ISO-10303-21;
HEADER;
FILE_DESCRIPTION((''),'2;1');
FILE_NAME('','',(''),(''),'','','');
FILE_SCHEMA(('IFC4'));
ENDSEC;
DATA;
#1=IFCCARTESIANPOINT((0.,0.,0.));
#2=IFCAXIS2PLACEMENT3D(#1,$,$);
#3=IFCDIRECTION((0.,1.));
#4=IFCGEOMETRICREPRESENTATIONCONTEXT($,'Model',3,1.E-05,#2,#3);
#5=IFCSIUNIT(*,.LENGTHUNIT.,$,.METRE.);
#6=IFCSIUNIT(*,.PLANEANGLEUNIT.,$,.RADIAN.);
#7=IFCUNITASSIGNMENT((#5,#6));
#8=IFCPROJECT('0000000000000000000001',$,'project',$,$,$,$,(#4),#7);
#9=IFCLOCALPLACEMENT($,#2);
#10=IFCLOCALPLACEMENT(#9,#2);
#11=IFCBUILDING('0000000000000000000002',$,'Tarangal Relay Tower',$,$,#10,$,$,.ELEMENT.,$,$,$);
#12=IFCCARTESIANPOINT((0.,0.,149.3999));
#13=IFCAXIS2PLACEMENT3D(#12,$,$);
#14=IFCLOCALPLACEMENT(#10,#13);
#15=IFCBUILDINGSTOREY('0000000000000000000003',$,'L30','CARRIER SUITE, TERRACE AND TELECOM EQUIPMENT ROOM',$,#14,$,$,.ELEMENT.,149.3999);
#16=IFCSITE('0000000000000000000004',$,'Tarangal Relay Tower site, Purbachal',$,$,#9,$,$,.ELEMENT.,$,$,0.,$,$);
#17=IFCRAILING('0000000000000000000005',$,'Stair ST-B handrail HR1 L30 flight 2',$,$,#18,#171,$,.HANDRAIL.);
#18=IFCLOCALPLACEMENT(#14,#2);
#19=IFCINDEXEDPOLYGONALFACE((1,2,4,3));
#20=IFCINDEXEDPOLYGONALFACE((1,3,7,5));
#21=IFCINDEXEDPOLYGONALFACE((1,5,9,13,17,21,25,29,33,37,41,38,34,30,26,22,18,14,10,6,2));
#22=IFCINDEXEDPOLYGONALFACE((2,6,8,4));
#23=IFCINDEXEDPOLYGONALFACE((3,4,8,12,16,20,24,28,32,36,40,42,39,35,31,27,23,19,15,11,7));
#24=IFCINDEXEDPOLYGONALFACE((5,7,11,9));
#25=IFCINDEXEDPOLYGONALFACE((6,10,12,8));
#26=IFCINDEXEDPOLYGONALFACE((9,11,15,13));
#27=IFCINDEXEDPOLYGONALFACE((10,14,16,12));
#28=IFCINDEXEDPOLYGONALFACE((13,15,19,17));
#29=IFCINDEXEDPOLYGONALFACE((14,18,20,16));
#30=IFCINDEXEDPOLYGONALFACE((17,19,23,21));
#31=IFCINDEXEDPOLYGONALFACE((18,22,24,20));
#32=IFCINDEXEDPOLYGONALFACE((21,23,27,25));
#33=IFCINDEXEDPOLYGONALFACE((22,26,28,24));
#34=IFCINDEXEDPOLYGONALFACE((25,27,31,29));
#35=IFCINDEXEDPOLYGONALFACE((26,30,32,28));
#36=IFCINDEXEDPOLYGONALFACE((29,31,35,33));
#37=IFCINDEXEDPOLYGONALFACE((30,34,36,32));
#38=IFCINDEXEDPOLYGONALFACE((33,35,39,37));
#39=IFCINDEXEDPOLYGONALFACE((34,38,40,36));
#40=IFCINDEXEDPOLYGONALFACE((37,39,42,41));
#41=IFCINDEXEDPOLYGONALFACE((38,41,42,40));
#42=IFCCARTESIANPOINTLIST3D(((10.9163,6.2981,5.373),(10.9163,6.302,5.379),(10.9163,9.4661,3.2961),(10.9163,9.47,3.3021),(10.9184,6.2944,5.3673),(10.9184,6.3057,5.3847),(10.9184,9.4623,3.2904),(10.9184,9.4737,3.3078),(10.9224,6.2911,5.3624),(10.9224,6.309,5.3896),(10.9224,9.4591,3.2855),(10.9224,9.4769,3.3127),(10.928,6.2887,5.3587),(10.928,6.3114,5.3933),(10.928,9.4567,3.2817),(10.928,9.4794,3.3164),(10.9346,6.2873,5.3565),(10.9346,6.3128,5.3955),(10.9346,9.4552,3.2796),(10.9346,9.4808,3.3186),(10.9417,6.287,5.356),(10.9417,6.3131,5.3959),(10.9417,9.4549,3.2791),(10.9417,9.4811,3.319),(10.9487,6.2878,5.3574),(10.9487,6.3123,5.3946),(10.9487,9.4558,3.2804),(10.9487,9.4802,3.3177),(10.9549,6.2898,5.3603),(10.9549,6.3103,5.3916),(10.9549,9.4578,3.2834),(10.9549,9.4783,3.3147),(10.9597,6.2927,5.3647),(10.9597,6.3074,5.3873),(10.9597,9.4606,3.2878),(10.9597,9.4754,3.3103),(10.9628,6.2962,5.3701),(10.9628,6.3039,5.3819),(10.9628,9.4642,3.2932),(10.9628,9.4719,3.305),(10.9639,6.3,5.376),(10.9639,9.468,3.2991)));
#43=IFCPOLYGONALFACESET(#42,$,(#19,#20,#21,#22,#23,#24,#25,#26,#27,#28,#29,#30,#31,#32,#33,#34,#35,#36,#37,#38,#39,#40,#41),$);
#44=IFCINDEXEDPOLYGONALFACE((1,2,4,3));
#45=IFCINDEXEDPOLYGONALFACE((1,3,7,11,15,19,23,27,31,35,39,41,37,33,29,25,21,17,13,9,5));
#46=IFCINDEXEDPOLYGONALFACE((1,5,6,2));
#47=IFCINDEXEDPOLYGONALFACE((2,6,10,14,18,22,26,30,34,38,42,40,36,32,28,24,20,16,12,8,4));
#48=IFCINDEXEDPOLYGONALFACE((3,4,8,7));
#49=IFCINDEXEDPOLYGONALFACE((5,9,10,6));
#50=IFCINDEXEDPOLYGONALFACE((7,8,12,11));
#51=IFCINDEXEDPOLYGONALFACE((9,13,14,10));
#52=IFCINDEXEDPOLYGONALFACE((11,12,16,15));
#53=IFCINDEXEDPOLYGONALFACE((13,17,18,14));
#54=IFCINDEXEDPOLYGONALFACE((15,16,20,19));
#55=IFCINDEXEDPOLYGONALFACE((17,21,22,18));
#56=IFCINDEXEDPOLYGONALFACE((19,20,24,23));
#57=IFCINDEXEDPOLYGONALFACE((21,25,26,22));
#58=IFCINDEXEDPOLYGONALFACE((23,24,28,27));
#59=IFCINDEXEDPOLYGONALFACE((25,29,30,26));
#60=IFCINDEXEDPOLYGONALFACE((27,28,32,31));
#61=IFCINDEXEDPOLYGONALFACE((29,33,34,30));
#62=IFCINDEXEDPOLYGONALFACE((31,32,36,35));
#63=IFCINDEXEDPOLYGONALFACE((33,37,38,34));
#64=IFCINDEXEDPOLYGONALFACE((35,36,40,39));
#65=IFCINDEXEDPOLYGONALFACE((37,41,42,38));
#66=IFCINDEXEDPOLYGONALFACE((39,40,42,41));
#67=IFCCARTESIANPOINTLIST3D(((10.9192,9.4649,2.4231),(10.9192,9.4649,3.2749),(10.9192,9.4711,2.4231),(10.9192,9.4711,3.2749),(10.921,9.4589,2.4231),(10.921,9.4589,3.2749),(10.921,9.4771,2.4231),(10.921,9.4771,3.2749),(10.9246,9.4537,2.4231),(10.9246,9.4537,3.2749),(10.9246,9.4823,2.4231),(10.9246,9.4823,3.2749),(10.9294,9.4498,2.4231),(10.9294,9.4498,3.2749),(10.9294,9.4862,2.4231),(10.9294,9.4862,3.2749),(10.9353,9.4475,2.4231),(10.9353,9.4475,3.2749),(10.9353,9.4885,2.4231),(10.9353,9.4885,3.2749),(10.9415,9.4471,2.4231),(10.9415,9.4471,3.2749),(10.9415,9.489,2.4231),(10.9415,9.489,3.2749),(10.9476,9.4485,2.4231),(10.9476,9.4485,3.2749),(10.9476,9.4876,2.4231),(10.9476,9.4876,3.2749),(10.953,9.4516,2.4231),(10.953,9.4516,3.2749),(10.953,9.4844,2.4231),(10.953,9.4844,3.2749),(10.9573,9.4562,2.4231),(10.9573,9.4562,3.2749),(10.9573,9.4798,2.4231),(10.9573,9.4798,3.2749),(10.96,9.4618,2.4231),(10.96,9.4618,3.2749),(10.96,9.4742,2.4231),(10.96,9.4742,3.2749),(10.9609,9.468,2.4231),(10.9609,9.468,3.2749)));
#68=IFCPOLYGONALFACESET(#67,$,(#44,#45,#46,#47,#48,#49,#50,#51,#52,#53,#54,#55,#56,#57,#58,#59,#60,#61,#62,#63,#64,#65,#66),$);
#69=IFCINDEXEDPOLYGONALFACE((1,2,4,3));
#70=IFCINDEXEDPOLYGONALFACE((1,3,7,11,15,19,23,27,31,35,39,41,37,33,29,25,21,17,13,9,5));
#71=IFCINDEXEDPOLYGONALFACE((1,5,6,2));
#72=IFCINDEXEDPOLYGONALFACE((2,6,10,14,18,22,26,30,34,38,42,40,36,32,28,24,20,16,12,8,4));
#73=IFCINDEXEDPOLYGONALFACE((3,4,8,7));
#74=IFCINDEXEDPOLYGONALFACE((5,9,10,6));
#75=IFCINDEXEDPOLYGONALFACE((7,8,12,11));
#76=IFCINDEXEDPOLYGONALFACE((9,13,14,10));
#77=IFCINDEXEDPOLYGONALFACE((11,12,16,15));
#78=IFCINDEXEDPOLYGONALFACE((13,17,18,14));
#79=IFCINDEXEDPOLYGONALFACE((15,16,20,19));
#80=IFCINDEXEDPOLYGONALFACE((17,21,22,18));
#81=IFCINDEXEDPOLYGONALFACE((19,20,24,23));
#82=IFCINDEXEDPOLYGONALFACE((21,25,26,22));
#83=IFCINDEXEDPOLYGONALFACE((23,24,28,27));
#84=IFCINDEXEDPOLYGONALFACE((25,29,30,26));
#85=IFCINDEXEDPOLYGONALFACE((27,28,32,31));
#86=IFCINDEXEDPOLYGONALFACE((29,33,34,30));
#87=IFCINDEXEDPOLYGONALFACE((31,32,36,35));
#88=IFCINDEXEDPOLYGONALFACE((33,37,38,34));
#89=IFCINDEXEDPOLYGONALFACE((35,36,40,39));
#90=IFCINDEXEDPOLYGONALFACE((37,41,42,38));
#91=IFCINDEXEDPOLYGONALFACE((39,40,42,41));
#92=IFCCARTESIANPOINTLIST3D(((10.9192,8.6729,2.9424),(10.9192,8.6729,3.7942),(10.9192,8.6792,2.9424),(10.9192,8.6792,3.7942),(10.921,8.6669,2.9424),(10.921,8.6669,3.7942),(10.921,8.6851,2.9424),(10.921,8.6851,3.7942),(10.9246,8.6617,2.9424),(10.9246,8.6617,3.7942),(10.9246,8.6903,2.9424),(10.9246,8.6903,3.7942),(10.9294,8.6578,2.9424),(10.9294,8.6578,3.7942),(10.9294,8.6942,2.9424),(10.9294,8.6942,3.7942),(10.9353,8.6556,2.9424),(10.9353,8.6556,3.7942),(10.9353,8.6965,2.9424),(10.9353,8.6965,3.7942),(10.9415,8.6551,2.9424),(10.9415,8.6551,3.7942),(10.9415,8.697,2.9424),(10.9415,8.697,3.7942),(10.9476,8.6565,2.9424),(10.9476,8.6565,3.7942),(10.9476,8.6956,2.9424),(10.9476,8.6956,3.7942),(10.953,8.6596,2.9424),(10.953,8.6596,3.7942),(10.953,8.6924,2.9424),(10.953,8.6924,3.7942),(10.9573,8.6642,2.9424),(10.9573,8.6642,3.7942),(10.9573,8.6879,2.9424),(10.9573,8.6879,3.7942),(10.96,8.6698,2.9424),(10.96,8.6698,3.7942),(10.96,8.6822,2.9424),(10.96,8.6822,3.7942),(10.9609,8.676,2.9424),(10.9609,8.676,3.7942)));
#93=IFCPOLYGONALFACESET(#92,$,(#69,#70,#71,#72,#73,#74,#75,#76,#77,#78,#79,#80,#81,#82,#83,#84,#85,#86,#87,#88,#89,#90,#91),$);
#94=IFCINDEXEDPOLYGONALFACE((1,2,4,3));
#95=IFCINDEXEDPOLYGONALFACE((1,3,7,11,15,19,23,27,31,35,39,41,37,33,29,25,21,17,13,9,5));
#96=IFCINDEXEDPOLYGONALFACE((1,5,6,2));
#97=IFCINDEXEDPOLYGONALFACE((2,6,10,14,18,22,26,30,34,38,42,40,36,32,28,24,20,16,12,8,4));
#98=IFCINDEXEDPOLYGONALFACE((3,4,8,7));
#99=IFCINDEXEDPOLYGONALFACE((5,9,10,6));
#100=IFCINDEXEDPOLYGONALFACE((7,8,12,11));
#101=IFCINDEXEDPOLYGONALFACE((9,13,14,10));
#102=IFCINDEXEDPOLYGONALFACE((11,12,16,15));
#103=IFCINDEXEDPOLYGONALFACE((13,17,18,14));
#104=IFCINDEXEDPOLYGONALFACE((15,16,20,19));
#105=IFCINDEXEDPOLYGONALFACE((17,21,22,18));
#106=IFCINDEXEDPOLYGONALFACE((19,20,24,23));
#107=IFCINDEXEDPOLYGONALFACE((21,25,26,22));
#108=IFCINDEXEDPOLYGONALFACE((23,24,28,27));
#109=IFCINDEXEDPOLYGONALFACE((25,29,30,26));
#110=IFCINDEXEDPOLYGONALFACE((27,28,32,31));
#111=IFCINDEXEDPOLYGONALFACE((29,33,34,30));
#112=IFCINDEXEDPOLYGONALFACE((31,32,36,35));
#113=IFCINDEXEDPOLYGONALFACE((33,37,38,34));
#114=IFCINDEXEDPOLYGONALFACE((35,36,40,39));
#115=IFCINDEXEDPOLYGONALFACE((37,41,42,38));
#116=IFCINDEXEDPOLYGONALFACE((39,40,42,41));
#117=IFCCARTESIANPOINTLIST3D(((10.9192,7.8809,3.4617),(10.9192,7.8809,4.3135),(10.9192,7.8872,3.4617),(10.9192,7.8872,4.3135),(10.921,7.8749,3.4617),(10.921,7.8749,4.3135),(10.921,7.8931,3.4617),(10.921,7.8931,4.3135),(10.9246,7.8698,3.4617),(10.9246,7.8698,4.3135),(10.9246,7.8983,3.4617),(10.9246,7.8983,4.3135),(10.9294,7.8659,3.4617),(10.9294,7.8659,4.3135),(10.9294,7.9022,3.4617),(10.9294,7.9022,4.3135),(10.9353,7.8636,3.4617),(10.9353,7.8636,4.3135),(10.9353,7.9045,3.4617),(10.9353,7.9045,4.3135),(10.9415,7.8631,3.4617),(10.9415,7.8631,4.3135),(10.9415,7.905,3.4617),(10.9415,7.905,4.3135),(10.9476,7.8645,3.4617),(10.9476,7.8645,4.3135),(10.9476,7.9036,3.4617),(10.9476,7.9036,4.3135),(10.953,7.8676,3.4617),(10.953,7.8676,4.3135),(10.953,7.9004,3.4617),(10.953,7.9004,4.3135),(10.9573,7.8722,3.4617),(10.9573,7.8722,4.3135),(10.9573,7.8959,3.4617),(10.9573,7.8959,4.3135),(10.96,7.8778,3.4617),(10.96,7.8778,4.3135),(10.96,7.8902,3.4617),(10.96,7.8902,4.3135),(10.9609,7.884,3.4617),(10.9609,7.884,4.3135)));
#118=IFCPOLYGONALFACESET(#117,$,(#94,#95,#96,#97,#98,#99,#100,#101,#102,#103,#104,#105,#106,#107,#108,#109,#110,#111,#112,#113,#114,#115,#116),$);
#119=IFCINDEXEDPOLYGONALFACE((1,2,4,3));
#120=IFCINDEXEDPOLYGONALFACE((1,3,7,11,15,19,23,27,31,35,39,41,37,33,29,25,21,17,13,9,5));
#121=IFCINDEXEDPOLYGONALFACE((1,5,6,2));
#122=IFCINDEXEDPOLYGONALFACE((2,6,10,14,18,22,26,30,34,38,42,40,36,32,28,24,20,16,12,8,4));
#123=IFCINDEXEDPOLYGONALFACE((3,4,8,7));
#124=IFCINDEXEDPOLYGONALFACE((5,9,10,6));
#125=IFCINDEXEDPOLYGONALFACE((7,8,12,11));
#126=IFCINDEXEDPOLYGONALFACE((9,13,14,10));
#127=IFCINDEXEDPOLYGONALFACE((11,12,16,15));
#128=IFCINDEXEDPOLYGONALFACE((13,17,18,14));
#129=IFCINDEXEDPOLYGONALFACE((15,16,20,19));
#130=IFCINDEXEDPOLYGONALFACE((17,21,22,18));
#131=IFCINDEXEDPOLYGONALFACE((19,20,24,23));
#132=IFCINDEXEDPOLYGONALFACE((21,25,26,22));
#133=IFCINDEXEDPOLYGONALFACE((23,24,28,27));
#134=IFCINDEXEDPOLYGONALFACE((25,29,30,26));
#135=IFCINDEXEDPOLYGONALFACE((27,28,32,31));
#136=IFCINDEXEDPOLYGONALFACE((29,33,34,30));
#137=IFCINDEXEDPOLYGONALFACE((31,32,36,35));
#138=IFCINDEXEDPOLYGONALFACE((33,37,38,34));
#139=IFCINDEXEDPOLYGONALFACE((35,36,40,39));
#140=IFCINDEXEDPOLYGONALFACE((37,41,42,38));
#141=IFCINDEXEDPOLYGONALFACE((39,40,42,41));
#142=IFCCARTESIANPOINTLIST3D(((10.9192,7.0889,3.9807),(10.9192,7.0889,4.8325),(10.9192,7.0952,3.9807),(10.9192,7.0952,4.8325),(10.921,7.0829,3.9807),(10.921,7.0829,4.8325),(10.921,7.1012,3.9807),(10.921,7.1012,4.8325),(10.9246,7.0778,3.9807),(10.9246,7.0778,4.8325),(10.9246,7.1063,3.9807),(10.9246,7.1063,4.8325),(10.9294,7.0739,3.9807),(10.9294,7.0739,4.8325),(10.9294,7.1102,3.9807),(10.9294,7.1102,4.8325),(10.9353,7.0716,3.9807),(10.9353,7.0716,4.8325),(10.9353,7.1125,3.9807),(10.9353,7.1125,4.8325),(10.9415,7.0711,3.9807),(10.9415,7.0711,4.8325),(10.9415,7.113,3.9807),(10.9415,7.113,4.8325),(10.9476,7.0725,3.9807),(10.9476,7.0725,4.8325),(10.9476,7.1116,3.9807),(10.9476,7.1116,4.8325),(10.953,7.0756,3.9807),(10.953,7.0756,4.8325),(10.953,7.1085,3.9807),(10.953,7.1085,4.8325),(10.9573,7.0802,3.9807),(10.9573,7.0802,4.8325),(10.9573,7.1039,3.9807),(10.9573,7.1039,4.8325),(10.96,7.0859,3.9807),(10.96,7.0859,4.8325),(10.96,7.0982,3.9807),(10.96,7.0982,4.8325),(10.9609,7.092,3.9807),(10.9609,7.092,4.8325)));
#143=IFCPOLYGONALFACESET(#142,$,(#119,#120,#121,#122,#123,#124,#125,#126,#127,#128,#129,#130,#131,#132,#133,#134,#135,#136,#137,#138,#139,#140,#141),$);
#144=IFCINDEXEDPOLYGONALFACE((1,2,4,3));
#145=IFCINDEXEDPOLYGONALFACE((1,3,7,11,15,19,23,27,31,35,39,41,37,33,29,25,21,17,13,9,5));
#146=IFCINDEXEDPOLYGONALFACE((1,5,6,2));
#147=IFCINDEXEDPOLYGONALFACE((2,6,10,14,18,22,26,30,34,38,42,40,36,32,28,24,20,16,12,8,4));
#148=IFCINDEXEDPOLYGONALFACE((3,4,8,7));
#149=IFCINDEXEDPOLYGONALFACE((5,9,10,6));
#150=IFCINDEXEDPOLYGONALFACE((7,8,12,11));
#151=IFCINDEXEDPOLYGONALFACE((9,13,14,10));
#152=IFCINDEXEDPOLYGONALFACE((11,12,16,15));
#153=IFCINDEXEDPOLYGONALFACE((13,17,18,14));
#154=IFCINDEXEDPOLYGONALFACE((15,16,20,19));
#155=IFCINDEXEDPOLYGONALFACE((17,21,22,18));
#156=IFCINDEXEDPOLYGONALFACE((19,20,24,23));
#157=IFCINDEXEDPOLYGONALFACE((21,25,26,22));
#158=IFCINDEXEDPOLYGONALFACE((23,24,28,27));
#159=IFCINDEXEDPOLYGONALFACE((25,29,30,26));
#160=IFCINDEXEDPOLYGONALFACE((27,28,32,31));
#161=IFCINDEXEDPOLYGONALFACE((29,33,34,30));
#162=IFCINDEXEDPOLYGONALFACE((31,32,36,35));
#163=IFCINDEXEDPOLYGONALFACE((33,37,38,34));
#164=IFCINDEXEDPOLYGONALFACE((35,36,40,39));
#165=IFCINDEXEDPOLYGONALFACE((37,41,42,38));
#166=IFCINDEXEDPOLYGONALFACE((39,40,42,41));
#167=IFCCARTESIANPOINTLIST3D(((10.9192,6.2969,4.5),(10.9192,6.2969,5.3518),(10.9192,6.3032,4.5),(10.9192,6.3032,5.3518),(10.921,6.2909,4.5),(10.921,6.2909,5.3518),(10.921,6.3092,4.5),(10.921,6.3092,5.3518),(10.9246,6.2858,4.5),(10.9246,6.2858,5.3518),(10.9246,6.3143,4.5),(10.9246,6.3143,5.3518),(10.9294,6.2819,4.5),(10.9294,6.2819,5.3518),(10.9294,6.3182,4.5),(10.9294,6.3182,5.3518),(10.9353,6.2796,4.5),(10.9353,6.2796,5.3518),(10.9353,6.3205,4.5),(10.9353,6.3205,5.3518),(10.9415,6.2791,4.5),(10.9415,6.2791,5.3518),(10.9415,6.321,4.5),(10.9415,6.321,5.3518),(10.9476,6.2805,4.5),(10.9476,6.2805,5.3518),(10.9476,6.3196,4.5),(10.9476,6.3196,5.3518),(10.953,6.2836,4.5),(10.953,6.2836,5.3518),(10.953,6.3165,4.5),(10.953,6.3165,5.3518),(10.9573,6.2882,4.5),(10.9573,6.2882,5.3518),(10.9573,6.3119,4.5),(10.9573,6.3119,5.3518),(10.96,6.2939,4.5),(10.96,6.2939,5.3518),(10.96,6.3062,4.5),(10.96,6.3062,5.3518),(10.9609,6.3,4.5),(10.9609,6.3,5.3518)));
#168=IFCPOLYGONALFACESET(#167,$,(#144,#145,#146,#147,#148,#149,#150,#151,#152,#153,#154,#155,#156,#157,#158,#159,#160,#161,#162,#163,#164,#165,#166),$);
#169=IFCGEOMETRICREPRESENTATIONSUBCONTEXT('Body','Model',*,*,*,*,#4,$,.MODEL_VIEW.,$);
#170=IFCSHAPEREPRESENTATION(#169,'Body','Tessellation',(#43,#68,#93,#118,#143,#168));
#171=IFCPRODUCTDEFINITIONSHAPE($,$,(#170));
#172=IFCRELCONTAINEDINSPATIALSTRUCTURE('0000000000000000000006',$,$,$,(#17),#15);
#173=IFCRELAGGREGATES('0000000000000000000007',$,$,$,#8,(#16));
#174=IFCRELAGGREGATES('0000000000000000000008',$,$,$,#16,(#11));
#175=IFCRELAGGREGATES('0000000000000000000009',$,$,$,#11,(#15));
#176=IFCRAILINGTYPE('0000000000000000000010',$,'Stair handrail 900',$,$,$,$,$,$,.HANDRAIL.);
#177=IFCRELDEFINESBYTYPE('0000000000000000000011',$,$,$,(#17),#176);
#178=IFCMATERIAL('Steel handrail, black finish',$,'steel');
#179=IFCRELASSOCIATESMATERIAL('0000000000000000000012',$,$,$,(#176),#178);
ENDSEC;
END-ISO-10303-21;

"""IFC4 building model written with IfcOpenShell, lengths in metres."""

from ifc_helpers import new_model, si_unit, direction, frame, origin, origin_2d, place, context, subcontext, project, spatial, circle, extrude, material, type_object, element, save


model = new_model("IFC4")

# Units and contexts
model_context = context("Model", 3, precision=1e-05, world=origin(), true_north=direction((0.0, 1.0)))
body_context = subcontext(model_context, "Body", "Model", "MODEL_VIEW")
ifc_project = project(units=[si_unit("LENGTHUNIT", "METRE"), si_unit("PLANEANGLEUNIT", "RADIAN")], contexts=[model_context])

# Site, building, storey
site_placement = place(None, origin())
site = spatial("IfcSite", under=ifc_project, at=site_placement, Name="Tarangal Relay Tower site, Purbachal", CompositionType="ELEMENT", RefElevation=0.0)
building_placement = place(site_placement, origin())
building = spatial("IfcBuilding", under=site, at=building_placement, Name="Tarangal Relay Tower", CompositionType="ELEMENT")
storey_placement = place(building_placement, frame((0.0, 0.0, 149.3999)))
storey = spatial("IfcBuildingStorey", under=building, at=storey_placement, Name="L30", Description="CARRIER SUITE, TERRACE AND TELECOM EQUIPMENT ROOM", CompositionType="ELEMENT", Elevation=149.3999)

# Railing
ifc_material_1 = material(Name="Steel handrail, black finish", Category="steel")
railing_type_1 = type_object("IfcRailingType", Name="Stair handrail 900", PredefinedType="HANDRAIL", material=ifc_material_1)
railing_1_placement = place(storey_placement, frame((10.9399, 9.468, 2.4231)))
element("IfcRailing", 1, at=railing_1_placement, inside=storey, type_object=railing_type_1, Name="Stair ST-B handrail HR1 L30 flight 2", PredefinedType="HANDRAIL", context=body_context, shape_type="SweptSolid", body=[
    extrude(circle(Radius=0.0239, at=origin_2d()), frame((0.0, 0.0, 0.876), z_axis=(0.0, -0.836299, 0.548273), x_axis=(1.0, 0.0, 0.0)), (0.0, 0.0, 1.0), 3.7881),
    extrude(circle(Radius=0.021, at=origin_2d()), origin(), (0.0, 0.0, 1.0), 0.8518),
    extrude(circle(Radius=0.021, at=origin_2d()), frame((0.0, -0.792, 0.5193)), (0.0, 0.0, 1.0), 0.8518),
    extrude(circle(Radius=0.021, at=origin_2d()), frame((0.0, -1.584, 1.0386)), (0.0, 0.0, 1.0), 0.8518),
    extrude(circle(Radius=0.021, at=origin_2d()), frame((0.0, -2.376, 1.5576)), (0.0, 0.0, 1.0), 0.8518),
    extrude(circle(Radius=0.021, at=origin_2d()), frame((0.0, -3.168, 2.0769)), (0.0, 0.0, 1.0), 0.8518),
])

save(model, "model.ifc")
